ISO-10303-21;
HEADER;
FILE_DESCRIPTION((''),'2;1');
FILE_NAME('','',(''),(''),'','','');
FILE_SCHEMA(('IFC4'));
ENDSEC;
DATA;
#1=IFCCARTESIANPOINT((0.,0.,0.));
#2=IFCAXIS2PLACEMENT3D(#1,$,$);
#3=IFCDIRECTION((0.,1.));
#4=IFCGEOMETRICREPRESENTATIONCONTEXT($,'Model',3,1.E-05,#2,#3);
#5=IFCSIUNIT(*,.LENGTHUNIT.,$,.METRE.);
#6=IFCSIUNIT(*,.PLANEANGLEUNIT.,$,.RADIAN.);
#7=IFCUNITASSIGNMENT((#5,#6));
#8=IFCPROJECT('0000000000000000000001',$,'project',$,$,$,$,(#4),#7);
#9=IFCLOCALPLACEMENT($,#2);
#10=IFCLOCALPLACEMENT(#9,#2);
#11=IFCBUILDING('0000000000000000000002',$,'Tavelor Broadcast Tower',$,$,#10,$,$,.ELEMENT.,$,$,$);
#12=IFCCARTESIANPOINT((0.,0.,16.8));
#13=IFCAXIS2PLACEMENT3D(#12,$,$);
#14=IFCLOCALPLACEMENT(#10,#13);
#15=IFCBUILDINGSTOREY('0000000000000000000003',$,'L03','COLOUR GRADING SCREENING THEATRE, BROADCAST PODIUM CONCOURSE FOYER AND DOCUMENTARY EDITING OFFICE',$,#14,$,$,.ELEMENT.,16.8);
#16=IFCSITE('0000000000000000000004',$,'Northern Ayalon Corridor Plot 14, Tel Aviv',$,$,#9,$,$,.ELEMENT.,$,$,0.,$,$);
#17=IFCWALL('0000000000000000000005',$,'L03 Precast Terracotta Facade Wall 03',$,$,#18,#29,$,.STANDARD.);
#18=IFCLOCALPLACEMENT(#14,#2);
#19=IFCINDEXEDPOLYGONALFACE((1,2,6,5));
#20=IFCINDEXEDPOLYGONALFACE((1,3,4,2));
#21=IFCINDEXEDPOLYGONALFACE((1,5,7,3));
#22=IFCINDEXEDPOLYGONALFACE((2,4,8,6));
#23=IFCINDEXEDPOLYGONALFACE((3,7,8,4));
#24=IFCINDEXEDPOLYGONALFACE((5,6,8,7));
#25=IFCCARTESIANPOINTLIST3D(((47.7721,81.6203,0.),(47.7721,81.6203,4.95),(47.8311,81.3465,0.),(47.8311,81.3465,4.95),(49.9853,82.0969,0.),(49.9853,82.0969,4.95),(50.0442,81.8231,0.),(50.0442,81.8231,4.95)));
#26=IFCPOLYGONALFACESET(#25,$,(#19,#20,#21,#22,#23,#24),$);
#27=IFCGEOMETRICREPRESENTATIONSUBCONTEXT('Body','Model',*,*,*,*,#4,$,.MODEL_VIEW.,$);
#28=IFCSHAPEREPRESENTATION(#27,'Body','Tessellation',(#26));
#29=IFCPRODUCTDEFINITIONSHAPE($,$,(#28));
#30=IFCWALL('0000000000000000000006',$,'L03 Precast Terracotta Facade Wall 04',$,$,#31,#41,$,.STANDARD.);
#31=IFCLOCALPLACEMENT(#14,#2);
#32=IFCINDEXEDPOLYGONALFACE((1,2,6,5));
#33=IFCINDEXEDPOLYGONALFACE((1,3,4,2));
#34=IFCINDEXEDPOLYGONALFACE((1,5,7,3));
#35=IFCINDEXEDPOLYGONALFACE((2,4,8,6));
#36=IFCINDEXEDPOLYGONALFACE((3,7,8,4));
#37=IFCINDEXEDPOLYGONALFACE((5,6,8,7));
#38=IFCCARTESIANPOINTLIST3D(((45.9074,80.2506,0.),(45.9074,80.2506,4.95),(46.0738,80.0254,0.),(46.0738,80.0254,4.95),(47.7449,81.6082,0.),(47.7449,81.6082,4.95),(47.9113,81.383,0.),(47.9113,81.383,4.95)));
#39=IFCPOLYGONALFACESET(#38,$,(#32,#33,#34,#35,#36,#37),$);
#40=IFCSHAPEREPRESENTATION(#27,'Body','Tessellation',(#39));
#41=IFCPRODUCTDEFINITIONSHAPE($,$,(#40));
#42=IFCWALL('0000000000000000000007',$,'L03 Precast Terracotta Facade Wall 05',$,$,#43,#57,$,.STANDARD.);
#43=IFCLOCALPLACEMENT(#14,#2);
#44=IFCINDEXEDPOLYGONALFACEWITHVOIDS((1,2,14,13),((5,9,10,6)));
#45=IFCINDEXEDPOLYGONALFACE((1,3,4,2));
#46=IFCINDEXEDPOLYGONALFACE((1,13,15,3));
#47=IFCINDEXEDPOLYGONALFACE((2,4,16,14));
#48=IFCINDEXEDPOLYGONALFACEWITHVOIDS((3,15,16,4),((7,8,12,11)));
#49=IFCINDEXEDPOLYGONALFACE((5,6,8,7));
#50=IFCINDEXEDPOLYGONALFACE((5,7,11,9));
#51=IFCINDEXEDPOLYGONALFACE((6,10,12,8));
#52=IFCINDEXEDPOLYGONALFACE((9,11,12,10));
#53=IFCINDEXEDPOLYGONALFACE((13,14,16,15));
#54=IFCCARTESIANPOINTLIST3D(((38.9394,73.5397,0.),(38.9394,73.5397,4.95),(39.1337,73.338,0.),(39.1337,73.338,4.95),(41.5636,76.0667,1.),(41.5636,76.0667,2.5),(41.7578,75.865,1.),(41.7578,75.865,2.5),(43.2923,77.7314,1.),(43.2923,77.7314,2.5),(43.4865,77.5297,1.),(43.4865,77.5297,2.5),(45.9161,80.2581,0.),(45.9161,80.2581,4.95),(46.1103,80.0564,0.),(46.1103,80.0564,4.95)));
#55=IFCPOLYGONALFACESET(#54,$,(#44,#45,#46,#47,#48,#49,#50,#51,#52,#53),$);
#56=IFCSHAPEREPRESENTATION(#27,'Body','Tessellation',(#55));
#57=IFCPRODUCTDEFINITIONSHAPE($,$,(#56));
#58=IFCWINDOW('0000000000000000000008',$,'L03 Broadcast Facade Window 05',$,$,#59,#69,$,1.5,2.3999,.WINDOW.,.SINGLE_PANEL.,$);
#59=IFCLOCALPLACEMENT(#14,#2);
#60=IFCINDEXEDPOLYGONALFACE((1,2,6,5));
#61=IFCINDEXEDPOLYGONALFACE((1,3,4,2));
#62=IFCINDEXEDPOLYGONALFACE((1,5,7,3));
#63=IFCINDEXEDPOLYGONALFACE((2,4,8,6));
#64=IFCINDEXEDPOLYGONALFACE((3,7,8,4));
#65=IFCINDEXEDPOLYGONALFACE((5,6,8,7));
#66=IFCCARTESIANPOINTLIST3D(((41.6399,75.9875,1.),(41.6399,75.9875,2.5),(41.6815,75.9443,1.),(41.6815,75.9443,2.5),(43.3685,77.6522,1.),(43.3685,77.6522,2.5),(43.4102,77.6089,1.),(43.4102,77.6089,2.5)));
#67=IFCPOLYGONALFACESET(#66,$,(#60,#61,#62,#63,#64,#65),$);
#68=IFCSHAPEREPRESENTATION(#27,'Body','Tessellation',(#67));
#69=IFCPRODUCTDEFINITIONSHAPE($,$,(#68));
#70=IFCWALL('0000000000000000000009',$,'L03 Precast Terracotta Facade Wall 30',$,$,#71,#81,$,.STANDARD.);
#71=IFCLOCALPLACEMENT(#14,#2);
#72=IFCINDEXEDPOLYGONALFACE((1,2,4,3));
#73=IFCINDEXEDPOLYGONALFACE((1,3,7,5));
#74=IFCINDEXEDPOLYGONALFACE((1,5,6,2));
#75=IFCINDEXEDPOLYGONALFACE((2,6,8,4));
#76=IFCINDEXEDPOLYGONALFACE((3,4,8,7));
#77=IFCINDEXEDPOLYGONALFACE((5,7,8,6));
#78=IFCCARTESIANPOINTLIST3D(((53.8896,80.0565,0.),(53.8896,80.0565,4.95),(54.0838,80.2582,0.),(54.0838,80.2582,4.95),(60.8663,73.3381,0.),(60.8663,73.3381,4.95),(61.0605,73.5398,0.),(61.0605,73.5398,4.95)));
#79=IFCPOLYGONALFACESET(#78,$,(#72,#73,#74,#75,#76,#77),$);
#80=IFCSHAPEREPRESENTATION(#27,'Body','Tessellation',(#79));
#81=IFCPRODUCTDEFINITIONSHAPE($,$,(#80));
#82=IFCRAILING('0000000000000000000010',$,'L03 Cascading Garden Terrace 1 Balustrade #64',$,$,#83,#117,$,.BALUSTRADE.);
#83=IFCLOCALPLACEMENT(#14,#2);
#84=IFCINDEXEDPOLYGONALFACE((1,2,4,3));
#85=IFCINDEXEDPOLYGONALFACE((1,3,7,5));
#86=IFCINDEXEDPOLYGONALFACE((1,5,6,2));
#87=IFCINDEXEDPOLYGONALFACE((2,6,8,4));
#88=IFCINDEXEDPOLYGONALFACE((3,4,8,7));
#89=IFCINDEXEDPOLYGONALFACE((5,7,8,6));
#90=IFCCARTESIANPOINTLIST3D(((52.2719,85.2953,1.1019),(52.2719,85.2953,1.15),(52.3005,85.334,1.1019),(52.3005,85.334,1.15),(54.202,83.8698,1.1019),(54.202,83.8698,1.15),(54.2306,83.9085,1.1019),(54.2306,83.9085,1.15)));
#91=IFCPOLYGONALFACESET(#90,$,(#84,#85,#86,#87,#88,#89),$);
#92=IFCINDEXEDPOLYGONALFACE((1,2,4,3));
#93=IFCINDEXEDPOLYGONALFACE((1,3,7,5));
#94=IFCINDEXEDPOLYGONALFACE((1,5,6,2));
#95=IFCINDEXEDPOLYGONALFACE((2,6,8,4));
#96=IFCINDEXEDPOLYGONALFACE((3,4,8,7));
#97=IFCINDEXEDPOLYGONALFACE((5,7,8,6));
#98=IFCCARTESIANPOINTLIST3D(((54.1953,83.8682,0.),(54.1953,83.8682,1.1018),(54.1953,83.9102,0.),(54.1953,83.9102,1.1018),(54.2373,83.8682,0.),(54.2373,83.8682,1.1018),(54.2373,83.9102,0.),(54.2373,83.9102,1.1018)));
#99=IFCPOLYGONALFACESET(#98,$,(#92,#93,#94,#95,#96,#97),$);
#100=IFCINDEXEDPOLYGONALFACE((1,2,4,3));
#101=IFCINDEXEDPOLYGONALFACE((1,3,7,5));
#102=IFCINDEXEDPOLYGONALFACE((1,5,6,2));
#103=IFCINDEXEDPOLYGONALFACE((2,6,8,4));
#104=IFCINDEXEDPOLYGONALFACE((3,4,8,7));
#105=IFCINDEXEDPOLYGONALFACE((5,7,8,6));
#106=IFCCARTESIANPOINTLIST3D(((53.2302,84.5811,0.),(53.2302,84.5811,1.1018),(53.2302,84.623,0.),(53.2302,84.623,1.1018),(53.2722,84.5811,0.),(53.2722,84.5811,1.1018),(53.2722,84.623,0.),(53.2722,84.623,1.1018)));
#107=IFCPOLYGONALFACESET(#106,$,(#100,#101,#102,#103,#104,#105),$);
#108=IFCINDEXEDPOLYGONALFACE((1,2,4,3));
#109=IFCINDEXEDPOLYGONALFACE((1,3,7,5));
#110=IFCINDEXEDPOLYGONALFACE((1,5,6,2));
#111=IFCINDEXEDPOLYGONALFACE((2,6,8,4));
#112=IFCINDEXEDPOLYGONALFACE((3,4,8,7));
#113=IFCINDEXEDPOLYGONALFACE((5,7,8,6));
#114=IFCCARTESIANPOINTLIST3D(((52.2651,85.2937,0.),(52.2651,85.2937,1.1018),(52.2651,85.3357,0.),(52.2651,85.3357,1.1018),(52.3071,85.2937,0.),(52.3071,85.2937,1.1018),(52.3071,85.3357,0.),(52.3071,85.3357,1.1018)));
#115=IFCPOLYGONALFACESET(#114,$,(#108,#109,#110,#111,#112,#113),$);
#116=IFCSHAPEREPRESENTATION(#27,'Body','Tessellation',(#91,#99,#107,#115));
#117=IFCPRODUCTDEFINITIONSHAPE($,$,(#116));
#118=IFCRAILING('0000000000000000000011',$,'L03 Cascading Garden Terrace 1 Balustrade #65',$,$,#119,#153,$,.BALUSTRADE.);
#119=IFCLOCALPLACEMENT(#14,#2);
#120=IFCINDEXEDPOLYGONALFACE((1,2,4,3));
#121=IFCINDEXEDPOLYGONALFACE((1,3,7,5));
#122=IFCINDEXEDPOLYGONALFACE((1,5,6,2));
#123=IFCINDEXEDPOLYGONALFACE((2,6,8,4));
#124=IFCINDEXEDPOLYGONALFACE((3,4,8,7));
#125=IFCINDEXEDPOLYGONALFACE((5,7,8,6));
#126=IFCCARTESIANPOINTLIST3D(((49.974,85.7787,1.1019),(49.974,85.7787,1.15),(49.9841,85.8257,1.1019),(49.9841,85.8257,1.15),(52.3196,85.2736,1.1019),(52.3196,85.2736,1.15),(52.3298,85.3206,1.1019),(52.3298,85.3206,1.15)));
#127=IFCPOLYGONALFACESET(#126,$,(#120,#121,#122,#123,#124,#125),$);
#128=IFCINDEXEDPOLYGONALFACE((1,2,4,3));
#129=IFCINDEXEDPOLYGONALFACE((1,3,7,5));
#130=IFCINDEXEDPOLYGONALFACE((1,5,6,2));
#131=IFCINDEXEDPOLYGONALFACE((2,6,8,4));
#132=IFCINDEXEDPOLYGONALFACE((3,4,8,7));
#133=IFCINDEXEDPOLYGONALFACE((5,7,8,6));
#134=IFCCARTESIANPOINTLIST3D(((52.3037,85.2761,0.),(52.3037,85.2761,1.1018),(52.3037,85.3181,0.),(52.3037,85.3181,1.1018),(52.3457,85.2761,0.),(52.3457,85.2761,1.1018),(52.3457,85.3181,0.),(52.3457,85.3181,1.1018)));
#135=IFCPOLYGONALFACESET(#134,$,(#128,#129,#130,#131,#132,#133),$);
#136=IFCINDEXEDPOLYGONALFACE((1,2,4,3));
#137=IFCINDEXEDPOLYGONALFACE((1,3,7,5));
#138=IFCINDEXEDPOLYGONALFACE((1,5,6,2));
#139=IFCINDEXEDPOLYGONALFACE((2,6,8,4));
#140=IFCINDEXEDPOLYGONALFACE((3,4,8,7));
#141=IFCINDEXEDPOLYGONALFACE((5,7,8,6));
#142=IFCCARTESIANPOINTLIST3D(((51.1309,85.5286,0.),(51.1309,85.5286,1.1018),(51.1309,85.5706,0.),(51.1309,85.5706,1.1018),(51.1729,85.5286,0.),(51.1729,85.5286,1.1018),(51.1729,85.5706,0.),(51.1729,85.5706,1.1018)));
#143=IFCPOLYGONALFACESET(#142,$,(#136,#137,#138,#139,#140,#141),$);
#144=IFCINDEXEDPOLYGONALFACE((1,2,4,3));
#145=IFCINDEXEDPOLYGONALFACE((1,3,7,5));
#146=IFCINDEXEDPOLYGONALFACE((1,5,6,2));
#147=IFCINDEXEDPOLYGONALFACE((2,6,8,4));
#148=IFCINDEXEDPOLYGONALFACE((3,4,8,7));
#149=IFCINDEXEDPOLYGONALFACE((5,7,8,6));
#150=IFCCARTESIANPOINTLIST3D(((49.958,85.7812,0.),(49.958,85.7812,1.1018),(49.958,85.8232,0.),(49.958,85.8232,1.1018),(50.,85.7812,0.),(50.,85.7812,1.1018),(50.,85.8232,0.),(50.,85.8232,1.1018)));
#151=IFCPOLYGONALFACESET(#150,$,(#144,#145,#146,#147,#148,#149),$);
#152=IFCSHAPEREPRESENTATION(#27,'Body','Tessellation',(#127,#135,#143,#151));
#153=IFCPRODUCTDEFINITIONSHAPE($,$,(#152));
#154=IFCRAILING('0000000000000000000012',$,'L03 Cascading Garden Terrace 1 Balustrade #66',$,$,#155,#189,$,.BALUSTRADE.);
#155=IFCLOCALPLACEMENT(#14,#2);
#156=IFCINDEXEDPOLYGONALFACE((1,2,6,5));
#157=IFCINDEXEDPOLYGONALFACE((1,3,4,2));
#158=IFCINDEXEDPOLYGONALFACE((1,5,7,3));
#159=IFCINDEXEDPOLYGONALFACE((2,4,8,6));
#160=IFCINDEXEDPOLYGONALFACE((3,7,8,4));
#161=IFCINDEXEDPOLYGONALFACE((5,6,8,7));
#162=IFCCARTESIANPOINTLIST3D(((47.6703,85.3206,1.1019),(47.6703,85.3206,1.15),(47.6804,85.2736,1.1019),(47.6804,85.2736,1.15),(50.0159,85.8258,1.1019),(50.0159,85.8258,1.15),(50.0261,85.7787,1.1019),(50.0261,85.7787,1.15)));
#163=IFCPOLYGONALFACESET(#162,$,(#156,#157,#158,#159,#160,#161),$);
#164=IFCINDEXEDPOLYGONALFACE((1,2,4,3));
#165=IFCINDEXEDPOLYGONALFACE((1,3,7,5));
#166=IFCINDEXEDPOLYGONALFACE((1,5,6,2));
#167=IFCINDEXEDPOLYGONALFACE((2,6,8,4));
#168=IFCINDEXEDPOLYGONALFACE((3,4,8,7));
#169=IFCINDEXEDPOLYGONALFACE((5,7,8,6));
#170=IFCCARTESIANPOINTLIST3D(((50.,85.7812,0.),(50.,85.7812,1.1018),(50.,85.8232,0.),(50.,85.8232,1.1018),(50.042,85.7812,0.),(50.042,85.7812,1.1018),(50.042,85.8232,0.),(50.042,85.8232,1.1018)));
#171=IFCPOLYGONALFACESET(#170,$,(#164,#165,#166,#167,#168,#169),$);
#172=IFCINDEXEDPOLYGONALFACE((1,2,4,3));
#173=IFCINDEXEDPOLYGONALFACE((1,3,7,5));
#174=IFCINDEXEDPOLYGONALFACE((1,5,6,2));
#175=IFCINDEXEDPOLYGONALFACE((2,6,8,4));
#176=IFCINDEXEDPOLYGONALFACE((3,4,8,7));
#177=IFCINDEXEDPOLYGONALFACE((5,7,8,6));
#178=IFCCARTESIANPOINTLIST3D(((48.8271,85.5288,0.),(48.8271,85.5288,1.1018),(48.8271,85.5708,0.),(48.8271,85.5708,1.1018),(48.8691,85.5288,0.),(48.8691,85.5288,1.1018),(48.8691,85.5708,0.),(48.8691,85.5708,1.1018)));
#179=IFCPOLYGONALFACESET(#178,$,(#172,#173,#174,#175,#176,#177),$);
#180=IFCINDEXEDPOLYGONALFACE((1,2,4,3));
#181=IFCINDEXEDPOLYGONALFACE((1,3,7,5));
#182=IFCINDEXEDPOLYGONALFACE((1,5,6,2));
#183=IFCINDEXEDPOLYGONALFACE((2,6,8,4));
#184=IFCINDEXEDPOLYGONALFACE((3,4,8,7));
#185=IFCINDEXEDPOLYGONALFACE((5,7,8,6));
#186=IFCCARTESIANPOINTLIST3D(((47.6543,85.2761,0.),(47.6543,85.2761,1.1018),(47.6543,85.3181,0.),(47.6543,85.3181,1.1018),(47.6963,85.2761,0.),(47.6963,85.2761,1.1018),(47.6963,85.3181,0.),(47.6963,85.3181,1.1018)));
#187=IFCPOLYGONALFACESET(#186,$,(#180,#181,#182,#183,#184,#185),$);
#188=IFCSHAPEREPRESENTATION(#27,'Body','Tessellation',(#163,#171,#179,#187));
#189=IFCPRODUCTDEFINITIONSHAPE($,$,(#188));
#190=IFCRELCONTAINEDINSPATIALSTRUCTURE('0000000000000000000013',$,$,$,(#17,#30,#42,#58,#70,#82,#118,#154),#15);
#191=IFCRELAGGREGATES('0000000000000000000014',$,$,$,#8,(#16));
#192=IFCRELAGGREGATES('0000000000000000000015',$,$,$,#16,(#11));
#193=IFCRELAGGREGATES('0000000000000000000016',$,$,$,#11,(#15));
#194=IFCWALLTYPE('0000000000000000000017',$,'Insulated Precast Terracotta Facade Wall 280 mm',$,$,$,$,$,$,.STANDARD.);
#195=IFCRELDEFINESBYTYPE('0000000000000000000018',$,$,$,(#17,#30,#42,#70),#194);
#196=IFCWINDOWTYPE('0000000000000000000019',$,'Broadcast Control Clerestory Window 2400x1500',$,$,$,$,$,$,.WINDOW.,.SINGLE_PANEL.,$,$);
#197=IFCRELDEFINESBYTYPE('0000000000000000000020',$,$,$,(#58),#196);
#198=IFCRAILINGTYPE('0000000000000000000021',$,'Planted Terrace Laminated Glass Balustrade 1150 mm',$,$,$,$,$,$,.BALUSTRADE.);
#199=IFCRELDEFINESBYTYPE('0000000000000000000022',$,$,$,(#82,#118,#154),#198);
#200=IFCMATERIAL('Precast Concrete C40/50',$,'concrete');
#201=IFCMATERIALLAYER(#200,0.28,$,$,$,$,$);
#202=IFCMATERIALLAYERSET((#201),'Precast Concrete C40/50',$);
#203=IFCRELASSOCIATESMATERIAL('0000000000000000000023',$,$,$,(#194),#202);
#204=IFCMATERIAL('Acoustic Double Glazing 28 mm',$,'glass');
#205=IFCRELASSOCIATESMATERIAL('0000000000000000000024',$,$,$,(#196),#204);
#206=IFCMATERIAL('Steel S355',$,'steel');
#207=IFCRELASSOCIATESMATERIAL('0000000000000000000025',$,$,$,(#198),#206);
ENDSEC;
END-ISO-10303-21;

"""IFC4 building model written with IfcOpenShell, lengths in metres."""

from ifc_helpers import new_model, si_unit, direction, frame, frame_2d, origin, origin_2d, place, context, subcontext, project, spatial, rectangle, extrude, material, layer, layer_set, type_object, element, fill, save


model = new_model("IFC4")

# Units and contexts
model_context = context("Model", 3, precision=1e-05, world=origin(), true_north=direction((0.0, 1.0)))
body_context = subcontext(model_context, "Body", "Model", "MODEL_VIEW")
ifc_project = project(units=[si_unit("LENGTHUNIT", "METRE"), si_unit("PLANEANGLEUNIT", "RADIAN")], contexts=[model_context])

# Site, building, storey
site_placement = place(None, origin())
site = spatial("IfcSite", under=ifc_project, at=site_placement, Name="Northern Ayalon Corridor Plot 14, Tel Aviv", CompositionType="ELEMENT", RefElevation=0.0)
building_placement = place(site_placement, origin())
building = spatial("IfcBuilding", under=site, at=building_placement, Name="Tavelor Broadcast Tower", CompositionType="ELEMENT")
storey_placement = place(building_placement, frame((0.0, 0.0, 16.8)))
storey = spatial("IfcBuildingStorey", under=building, at=storey_placement, Name="L03", Description="COLOUR GRADING SCREENING THEATRE, BROADCAST PODIUM CONCOURSE FOYER AND DOCUMENTARY EDITING OFFICE", CompositionType="ELEMENT", Elevation=16.8)

# Shared definitions
ifc_material_1 = material(Name="Steel S355", Category="steel")

# Shared definitions
ifc_material_2 = material(Name="Precast Concrete C40/50", Category="concrete")
ifc_layer_1 = layer(ifc_material_2, 0.28)
ifc_layer_set_1 = layer_set([ifc_layer_1], Name="Precast Concrete C40/50")
wall_type = type_object("IfcWallType", Name="Insulated Precast Terracotta Facade Wall 280 mm", PredefinedType="STANDARD", material=ifc_layer_set_1)

# Walls
for number, where, z_axis, x_axis, name in (
    (1, (50.0146, 81.96, 0.0), (0.0, 0.0, 1.0), (-0.977592, -0.210509, 0.0), "L03 Precast Terracotta Facade Wall 03"),
):
    element("IfcWall", number, at=place(storey_placement, frame(where, z_axis=z_axis, x_axis=x_axis)), inside=storey, type_object=wall_type, Name=name, PredefinedType="STANDARD", context=body_context, shape_type="SweptSolid", body=[
        extrude(rectangle(XDim=2.2639, YDim=0.28, at=frame_2d((1.1318, 0.0))), origin(), (0.0, 0.0, 1.0), 4.95),
    ])
wall_1_placement = place(storey_placement, frame((47.8281, 81.4956, 0.0), z_axis=(0.0, 0.0, 1.0), x_axis=(-0.8043, -0.594223, 0.0)))
element("IfcWall", 2, at=wall_1_placement, inside=storey, type_object=wall_type, Name="L03 Precast Terracotta Facade Wall 04", PredefinedType="STANDARD", context=body_context, shape_type="SweptSolid", body=[
    extrude(rectangle(XDim=2.2847, YDim=0.28, at=frame_2d((1.1423, 0.0))), origin(), (0.0, 0.0, 1.0), 4.95),
])

# Wall, opening, window
wall_2_placement = place(storey_placement, frame((46.0132, 80.1572, 0.0), z_axis=(0.0, 0.0, 1.0), x_axis=(-0.720316, -0.693647, 0.0)))
wall_2 = element("IfcWall", 3, at=wall_2_placement, inside=storey, type_object=wall_type, Name="L03 Precast Terracotta Facade Wall 05", PredefinedType="STANDARD", context=body_context, shape_type="SweptSolid", body=[
    extrude(rectangle(XDim=9.6855, YDim=0.28, at=frame_2d((4.8428, 0.0))), origin(), (0.0, 0.0, 1.0), 4.95),
])
opening_1_placement = place(wall_2_placement, frame((3.6426, 0.0, 1.0)))
opening_1 = element("IfcOpeningElement", 4, at=opening_1_placement, cuts=wall_2, PredefinedType="OPENING", context=body_context, shape_type="SweptSolid", body=[
    extrude(rectangle(XDim=2.3999, YDim=1.5, at=frame_2d((1.2, 0.75))), frame((0.0, 0.1499, 0.0), z_axis=(0.0, -1.0, 0.0), x_axis=(1.0, 0.0, 0.0)), (0.0, 0.0, 1.0), 0.3),
])
ifc_material_3 = material(Name="Acoustic Double Glazing 28 mm", Category="glass")
window_type = type_object("IfcWindowType", Name="Broadcast Control Clerestory Window 2400x1500", PartitioningType="SINGLE_PANEL", PredefinedType="WINDOW", material=ifc_material_3)
window_placement = place(opening_1_placement, origin())
window = element("IfcWindow", 5, at=window_placement, inside=storey, type_object=window_type, Name="L03 Broadcast Facade Window 05", OverallHeight=1.5, OverallWidth=2.3999, PartitioningType="SINGLE_PANEL", PredefinedType="WINDOW", context=body_context, shape_type="SweptSolid", body=[
    extrude(rectangle(XDim=2.3999, YDim=1.5, at=frame_2d((1.2, 0.75))), frame((0.0, 0.03, 0.0), z_axis=(0.0, -1.0, 0.0), x_axis=(1.0, 0.0, 0.0)), (0.0, 0.0, 1.0), 0.0601),
])
fill(opening_1, window)

# Wall
wall_3_placement = place(storey_placement, frame((60.9634, 73.439, 0.0), z_axis=(0.0, 0.0, 1.0), x_axis=(-0.720316, 0.693647, 0.0)))
element("IfcWall", 6, at=wall_3_placement, inside=storey, type_object=wall_type, Name="L03 Precast Terracotta Facade Wall 30", PredefinedType="STANDARD", context=body_context, shape_type="SweptSolid", body=[
    extrude(rectangle(XDim=9.6855, YDim=0.28, at=frame_2d((4.8428, 0.0))), origin(), (0.0, 0.0, 1.0), 4.95),
])

# Railings
railing_type = type_object("IfcRailingType", Name="Planted Terrace Laminated Glass Balustrade 1150 mm", PredefinedType="BALUSTRADE", material=ifc_material_1)
railing_1_placement = place(storey_placement, frame((54.2163, 83.8892, 0.0)))
element("IfcRailing", 7, at=railing_1_placement, inside=storey, type_object=railing_type, Name="L03 Cascading Garden Terrace 1 Balustrade #64", PredefinedType="BALUSTRADE", context=body_context, shape_type="SweptSolid", body=[
    extrude(rectangle(XDim=0.0481, YDim=0.0481, at=origin_2d()), frame((0.0, 0.0, 1.126), z_axis=(-0.804398, 0.594091, 0.0), x_axis=(-0.594091, -0.804398, 0.0)), (0.0, 0.0, 1.0), 2.3994),
    extrude(rectangle(XDim=0.042, YDim=0.042, at=origin_2d()), origin(), (0.0, 0.0, 1.0), 1.1018),
    extrude(rectangle(XDim=0.042, YDim=0.042, at=origin_2d()), frame((-0.9651, 0.7129, 0.0)), (0.0, 0.0, 1.0), 1.1018),
    extrude(rectangle(XDim=0.042, YDim=0.042, at=origin_2d()), frame((-1.9302, 1.4255, 0.0)), (0.0, 0.0, 1.0), 1.1018),
])
railing_2_placement = place(storey_placement, frame((52.3247, 85.2971, 0.0)))
element("IfcRailing", 8, at=railing_2_placement, inside=storey, type_object=railing_type, Name="L03 Cascading Garden Terrace 1 Balustrade #65", PredefinedType="BALUSTRADE", context=body_context, shape_type="SweptSolid", body=[
    extrude(rectangle(XDim=0.0481, YDim=0.0481, at=origin_2d()), frame((0.0, 0.0, 1.126), z_axis=(-0.97759, 0.210516, 0.0), x_axis=(-0.210516, -0.97759, 0.0)), (0.0, 0.0, 1.0), 2.3994),
    extrude(rectangle(XDim=0.042, YDim=0.042, at=origin_2d()), origin(), (0.0, 0.0, 1.0), 1.1018),
    extrude(rectangle(XDim=0.042, YDim=0.042, at=origin_2d()), frame((-1.1729, 0.2524, 0.0)), (0.0, 0.0, 1.0), 1.1018),
    extrude(rectangle(XDim=0.042, YDim=0.042, at=origin_2d()), frame((-2.3457, 0.5051, 0.0)), (0.0, 0.0, 1.0), 1.1018),
])
railing_3_placement = place(storey_placement, frame((50.021, 85.8022, 0.0)))
element("IfcRailing", 9, at=railing_3_placement, inside=storey, type_object=railing_type, Name="L03 Cascading Garden Terrace 1 Balustrade #66", PredefinedType="BALUSTRADE", context=body_context, shape_type="SweptSolid", body=[
    extrude(rectangle(XDim=0.0481, YDim=0.0481, at=origin_2d()), frame((0.0, 0.0, 1.126), z_axis=(-0.97759, -0.210516, 0.0), x_axis=(0.210516, -0.97759, 0.0)), (0.0, 0.0, 1.0), 2.3994),
    extrude(rectangle(XDim=0.042, YDim=0.042, at=origin_2d()), origin(), (0.0, 0.0, 1.0), 1.1018),
    extrude(rectangle(XDim=0.042, YDim=0.042, at=origin_2d()), frame((-1.1729, -0.2524, 0.0)), (0.0, 0.0, 1.0), 1.1018),
    extrude(rectangle(XDim=0.042, YDim=0.042, at=origin_2d()), frame((-2.3457, -0.5051, 0.0)), (0.0, 0.0, 1.0), 1.1018),
])

save(model, "model.ifc")
